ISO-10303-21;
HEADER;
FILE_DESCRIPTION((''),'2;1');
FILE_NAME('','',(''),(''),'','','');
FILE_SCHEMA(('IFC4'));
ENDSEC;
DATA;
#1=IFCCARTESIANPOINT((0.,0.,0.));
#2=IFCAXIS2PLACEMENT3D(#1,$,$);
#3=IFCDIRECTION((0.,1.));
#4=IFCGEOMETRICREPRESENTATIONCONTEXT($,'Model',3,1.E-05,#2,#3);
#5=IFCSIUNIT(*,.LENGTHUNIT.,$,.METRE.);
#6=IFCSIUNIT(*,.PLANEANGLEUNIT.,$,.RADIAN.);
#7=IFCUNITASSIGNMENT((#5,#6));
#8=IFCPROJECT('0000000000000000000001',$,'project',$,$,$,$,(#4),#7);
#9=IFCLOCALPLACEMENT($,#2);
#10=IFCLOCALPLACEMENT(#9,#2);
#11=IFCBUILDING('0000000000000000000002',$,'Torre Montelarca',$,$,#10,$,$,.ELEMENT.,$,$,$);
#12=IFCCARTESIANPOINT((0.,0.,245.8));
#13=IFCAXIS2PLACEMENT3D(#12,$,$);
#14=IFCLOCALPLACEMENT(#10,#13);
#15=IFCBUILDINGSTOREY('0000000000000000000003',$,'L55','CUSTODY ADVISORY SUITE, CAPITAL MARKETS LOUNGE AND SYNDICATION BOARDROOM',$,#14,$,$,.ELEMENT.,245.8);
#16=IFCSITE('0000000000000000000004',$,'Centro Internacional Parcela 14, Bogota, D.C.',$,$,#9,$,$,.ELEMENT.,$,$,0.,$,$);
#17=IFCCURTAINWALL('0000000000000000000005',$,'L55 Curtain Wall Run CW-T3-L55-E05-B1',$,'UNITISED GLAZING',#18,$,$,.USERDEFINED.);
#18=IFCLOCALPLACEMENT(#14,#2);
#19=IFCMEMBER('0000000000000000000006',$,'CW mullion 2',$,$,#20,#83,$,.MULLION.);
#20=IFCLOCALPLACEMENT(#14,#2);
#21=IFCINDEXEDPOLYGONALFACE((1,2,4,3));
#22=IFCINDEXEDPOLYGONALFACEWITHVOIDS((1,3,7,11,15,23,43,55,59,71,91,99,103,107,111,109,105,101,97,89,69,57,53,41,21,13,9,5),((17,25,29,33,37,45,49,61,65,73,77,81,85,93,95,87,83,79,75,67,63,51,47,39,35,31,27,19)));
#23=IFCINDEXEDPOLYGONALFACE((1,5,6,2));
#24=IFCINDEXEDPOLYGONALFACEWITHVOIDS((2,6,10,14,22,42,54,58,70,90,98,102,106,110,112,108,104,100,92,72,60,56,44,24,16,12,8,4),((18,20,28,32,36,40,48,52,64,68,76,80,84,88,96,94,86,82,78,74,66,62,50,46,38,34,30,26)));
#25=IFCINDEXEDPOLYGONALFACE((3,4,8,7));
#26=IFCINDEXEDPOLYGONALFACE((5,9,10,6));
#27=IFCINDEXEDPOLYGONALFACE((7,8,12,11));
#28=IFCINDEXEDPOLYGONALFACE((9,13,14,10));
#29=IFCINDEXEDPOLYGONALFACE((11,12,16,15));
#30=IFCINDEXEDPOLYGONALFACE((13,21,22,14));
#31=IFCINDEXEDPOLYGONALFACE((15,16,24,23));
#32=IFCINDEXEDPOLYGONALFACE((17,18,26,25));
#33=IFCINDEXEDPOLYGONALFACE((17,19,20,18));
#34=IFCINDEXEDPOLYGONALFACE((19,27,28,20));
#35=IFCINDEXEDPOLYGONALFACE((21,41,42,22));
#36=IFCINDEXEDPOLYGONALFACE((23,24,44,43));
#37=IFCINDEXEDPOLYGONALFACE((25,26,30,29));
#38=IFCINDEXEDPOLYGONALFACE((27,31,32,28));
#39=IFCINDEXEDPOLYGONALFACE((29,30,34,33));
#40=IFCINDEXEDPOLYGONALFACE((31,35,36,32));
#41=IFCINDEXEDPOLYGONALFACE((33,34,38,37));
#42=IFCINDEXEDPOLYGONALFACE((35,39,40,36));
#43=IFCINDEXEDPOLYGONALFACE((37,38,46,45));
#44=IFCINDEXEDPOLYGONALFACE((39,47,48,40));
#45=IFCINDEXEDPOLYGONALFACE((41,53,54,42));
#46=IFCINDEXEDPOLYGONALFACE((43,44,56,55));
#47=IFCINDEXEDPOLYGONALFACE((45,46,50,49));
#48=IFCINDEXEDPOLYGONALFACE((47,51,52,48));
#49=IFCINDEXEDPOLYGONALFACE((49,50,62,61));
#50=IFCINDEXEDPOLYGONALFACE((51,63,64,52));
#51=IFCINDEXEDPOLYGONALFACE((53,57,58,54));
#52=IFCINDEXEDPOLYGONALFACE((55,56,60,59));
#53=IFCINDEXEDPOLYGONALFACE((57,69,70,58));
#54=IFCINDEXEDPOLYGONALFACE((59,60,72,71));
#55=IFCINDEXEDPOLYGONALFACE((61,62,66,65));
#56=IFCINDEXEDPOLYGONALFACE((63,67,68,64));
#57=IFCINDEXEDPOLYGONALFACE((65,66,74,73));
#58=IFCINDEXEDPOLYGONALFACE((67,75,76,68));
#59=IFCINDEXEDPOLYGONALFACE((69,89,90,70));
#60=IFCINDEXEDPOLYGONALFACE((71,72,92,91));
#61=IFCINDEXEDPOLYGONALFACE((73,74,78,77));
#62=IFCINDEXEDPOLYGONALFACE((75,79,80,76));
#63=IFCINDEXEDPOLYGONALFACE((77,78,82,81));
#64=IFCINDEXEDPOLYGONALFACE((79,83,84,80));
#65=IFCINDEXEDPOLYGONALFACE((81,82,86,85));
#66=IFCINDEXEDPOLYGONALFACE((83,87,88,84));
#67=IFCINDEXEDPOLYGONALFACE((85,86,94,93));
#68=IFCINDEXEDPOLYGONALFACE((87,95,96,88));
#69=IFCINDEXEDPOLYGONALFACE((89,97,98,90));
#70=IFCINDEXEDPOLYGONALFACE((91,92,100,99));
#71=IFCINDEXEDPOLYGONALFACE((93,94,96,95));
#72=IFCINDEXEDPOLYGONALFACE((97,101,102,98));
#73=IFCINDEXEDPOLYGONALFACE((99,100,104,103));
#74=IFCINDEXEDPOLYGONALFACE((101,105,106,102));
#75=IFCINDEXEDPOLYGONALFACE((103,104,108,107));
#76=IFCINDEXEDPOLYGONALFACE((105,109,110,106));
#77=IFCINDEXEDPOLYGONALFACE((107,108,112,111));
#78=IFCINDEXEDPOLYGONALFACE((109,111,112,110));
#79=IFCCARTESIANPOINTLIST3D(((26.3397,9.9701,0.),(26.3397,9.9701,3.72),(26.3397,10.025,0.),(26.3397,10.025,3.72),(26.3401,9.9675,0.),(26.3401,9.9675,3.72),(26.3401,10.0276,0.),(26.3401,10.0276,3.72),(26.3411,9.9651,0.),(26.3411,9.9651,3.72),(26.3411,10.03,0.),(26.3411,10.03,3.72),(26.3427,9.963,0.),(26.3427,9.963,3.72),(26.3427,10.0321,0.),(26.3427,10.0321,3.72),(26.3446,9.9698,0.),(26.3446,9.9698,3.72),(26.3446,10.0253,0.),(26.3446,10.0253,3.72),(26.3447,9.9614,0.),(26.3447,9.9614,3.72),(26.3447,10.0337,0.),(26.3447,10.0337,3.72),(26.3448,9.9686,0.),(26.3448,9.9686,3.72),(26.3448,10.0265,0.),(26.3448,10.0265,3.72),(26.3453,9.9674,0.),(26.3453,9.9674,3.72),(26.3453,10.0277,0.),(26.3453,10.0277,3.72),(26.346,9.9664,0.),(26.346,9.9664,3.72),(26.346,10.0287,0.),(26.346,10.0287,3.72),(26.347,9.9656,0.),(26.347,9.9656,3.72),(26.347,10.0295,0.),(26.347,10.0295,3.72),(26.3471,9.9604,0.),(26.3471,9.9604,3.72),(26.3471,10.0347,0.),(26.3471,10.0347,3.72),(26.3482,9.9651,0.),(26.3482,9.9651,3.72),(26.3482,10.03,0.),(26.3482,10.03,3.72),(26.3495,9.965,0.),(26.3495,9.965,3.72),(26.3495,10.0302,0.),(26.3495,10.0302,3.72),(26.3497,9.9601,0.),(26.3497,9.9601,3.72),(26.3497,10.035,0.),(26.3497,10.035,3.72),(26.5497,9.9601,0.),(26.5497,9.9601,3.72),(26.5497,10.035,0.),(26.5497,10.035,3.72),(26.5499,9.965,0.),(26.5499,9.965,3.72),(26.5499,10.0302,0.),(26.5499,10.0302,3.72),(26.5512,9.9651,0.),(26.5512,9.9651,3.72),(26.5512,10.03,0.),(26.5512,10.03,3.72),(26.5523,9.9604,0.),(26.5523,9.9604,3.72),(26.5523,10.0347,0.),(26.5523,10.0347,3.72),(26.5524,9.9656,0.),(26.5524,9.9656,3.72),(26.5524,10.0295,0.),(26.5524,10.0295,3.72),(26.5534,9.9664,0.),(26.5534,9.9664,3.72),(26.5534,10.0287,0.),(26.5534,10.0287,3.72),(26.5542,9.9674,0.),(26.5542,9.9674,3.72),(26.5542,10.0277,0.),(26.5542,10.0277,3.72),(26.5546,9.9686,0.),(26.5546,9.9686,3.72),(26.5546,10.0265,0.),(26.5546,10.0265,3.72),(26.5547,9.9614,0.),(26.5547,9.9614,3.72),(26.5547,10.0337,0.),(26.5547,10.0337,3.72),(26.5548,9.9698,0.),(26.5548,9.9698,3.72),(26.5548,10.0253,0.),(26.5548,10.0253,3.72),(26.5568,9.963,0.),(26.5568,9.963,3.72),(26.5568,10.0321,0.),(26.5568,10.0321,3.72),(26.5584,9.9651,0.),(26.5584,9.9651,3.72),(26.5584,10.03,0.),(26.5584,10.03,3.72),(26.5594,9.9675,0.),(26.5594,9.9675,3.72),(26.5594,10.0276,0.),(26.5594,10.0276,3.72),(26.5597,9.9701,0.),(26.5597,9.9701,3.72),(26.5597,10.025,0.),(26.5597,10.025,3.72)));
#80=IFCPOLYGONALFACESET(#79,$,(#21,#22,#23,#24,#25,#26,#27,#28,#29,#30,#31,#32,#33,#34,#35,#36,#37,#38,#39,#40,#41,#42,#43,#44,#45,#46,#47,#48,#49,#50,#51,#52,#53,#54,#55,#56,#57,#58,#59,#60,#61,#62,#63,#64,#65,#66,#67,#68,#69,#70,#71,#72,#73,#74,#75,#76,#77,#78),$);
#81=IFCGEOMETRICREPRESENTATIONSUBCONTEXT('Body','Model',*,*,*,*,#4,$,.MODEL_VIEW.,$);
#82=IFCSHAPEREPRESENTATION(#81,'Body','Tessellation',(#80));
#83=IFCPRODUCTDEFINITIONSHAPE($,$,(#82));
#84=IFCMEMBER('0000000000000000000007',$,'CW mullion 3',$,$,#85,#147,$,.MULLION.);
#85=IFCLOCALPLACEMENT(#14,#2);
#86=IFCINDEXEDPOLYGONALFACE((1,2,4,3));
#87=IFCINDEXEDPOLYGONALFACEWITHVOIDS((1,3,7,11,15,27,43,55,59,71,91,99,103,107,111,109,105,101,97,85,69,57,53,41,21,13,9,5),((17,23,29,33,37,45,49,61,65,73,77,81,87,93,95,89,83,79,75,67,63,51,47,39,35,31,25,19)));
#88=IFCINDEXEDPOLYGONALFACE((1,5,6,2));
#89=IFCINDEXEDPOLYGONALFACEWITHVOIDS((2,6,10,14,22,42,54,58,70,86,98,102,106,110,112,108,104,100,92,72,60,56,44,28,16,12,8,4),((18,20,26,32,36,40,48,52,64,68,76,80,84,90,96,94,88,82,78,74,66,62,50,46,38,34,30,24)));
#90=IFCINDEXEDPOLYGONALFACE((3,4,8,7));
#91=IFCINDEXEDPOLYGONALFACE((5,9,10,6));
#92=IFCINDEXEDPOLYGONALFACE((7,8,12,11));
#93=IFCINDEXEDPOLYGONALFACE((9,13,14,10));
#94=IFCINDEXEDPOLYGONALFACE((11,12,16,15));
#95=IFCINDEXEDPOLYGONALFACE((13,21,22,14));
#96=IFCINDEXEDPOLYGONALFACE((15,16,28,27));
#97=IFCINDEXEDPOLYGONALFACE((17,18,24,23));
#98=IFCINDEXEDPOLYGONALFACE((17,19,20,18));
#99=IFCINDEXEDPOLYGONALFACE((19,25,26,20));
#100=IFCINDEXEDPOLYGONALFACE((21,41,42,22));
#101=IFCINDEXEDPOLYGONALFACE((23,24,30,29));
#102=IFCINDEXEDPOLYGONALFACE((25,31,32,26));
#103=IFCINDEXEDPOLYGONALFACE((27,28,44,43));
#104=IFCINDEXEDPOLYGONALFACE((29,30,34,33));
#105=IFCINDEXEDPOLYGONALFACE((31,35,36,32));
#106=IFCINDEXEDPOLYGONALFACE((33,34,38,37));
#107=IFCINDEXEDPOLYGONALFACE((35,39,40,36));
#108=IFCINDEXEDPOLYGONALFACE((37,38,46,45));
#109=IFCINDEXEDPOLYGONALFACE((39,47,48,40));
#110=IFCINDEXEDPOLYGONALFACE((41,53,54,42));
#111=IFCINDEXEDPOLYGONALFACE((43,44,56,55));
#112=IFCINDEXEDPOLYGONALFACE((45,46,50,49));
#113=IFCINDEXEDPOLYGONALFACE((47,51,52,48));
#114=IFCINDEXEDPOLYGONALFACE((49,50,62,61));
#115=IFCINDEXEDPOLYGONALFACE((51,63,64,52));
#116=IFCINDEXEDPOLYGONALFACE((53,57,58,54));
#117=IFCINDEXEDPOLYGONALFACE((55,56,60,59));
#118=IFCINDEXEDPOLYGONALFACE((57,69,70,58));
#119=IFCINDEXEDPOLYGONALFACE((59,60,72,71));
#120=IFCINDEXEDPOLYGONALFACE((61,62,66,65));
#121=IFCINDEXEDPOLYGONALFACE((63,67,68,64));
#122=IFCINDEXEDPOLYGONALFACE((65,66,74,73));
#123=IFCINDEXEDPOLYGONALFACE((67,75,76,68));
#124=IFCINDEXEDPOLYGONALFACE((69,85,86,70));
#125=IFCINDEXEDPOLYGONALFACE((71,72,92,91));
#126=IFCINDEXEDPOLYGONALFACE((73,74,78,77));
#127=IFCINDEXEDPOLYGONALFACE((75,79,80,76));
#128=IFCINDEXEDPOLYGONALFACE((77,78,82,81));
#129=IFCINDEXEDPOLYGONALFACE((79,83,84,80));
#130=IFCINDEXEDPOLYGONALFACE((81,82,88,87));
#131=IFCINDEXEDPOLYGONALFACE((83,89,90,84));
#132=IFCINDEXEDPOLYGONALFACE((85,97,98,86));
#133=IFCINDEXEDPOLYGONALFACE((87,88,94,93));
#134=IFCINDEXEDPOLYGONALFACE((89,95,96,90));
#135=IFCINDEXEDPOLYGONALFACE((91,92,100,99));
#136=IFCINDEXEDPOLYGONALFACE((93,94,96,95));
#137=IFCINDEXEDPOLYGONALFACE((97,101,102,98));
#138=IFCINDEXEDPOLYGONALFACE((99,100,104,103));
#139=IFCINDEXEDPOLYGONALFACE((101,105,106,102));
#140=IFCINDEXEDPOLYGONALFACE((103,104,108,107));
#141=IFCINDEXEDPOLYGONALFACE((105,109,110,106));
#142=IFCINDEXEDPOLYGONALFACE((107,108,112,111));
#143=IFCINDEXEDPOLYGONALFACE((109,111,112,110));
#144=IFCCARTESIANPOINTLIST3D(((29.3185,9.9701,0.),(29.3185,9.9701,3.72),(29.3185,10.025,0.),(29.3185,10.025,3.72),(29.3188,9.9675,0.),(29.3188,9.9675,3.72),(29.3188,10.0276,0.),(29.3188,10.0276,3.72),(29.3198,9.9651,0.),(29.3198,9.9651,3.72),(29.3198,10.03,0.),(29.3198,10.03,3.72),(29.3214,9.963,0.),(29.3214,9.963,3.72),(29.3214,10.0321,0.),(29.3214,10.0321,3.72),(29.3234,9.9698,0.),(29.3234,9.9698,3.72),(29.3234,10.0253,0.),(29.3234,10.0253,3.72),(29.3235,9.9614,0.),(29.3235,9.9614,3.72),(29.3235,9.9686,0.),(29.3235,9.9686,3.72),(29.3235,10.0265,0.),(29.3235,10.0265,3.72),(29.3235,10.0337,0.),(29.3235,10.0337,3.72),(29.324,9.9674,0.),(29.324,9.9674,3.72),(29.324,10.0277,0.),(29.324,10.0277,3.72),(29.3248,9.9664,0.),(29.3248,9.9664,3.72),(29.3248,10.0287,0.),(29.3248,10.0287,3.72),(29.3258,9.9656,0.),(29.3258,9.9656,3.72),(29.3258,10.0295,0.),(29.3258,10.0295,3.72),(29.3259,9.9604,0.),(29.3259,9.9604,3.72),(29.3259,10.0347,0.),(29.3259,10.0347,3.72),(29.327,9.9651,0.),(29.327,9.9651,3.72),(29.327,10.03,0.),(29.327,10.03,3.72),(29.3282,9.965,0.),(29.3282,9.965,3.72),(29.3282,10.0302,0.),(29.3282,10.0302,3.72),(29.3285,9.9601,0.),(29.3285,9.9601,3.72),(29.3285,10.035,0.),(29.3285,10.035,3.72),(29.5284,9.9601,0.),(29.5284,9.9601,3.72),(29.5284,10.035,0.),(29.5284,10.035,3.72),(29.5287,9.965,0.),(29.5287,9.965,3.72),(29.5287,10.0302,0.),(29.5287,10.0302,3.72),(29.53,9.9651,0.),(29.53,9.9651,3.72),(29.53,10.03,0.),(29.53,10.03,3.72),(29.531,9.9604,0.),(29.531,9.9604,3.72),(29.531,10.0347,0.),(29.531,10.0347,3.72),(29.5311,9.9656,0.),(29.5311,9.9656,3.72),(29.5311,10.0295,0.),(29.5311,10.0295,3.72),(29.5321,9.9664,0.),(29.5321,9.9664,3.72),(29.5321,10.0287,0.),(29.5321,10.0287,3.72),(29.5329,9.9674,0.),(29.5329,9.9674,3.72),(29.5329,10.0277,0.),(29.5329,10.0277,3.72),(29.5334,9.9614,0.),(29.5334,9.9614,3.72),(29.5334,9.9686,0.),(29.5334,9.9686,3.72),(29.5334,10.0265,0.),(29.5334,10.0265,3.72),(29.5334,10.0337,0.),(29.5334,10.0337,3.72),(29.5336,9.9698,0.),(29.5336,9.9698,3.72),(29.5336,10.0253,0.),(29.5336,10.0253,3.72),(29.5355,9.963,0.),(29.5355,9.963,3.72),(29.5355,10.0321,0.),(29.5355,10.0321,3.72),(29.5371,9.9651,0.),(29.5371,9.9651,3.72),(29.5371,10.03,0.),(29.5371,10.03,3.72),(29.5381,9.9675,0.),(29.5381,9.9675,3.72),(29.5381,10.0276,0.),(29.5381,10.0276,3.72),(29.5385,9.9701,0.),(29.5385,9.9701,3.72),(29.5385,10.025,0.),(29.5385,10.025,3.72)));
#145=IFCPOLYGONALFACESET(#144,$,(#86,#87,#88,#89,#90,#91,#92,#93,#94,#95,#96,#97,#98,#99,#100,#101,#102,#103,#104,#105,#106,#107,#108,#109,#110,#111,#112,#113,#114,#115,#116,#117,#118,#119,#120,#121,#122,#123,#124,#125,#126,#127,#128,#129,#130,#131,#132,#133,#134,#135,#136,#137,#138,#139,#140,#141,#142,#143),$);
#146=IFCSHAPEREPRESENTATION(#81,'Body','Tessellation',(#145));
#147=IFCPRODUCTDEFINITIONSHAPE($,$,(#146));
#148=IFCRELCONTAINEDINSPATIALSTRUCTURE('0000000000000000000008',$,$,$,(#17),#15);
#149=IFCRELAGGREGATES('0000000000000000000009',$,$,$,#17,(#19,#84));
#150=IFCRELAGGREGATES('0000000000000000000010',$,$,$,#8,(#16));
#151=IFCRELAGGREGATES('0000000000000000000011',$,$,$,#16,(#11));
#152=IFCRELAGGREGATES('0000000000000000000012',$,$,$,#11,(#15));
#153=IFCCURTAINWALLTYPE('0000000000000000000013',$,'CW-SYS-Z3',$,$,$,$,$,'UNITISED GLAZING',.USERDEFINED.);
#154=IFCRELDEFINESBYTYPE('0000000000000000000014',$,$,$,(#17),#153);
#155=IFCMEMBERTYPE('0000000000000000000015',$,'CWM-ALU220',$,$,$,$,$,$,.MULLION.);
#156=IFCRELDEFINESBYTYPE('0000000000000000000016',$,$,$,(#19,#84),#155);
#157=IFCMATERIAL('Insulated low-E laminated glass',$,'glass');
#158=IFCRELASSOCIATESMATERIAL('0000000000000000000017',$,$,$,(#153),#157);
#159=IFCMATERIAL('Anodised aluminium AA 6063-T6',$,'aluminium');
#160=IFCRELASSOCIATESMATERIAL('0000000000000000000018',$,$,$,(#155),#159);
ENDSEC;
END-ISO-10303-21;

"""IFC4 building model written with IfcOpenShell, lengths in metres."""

from ifc_helpers import new_model, si_unit, direction, frame, origin, origin_2d, place, context, subcontext, project, spatial, hollow_rectangle, extrude, source, transform, mapped, material, material_profile, profile_set, type_object, element, aggregate, save


model = new_model("IFC4")

# Units and contexts
model_context = context("Model", 3, precision=1e-05, world=origin(), true_north=direction((0.0, 1.0)))
body_context = subcontext(model_context, "Body", "Model", "MODEL_VIEW")
ifc_project = project(units=[si_unit("LENGTHUNIT", "METRE"), si_unit("PLANEANGLEUNIT", "RADIAN")], contexts=[model_context])

# Site, building, storey
site_placement = place(None, origin())
site = spatial("IfcSite", under=ifc_project, at=site_placement, Name="Centro Internacional Parcela 14, Bogota, D.C.", CompositionType="ELEMENT", RefElevation=0.0)
building_placement = place(site_placement, origin())
building = spatial("IfcBuilding", under=site, at=building_placement, Name="Torre Montelarca", CompositionType="ELEMENT")
storey_placement = place(building_placement, frame((0.0, 0.0, 245.8)))
storey = spatial("IfcBuildingStorey", under=building, at=storey_placement, Name="L55", Description="CUSTODY ADVISORY SUITE, CAPITAL MARKETS LOUNGE AND SYNDICATION BOARDROOM", CompositionType="ELEMENT", Elevation=245.8)

# Curtain wall
ifc_material_1 = material(Name="Insulated low-E laminated glass", Category="glass")
curtain_wall_type = type_object("IfcCurtainWallType", Name="CW-SYS-Z3", ElementType="UNITISED GLAZING", PredefinedType="USERDEFINED", material=ifc_material_1)
curtain_wall_1_placement = place(storey_placement, origin())
curtain_wall_1 = element("IfcCurtainWall", 1, at=curtain_wall_1_placement, inside=storey, type_object=curtain_wall_type, Name="L55 Curtain Wall Run CW-T3-L55-E05-B1", ObjectType="UNITISED GLAZING", PredefinedType="USERDEFINED")
ifc_material_2 = material(Name="Anodised aluminium AA 6063-T6", Category="aluminium")

# Shared definitions
ifc_material_profile_1 = material_profile(ifc_material_2, hollow_rectangle(XDim=0.075, YDim=0.22, WallThickness=0.0049, InnerFilletRadius=0.0049, OuterFilletRadius=0.01, at=origin_2d()), Name="ALU75X220X5", Category="aluminium")
ifc_profile_set_1 = profile_set([ifc_material_profile_1], Name="Anodised aluminium AA 6063-T6")
member_type_1 = type_object("IfcMemberType", Name="CWM-ALU220", PredefinedType="MULLION", material=ifc_profile_set_1)
shared_shape_1 = source(origin(), body_context, "Body", "SweptSolid", [
    extrude(hollow_rectangle(XDim=0.075, YDim=0.22, WallThickness=0.0049, InnerFilletRadius=0.0049, OuterFilletRadius=0.01, at=origin_2d()), origin(), (0.0, 0.0, 1.0), 3.72),
])

# Members
member_1_placement = place(storey_placement, frame((26.4497, 9.9976, 0.0), z_axis=(0.0, 0.0, 1.0), x_axis=(0.0, 1.0, 0.0)))
member_1 = element("IfcMember", 2, at=member_1_placement, type_object=member_type_1, Name="CW mullion 2", PredefinedType="MULLION", context=body_context, shape_type="MappedRepresentation", body=[
    mapped(shared_shape_1, transform((0.0, 0.0, 0.0), scale=1.0)),
])
member_2_placement = place(storey_placement, frame((29.4285, 9.9976, 0.0), z_axis=(0.0, 0.0, 1.0), x_axis=(0.0, 1.0, 0.0)))
member_2 = element("IfcMember", 3, at=member_2_placement, type_object=member_type_1, Name="CW mullion 3", PredefinedType="MULLION", context=body_context, shape_type="MappedRepresentation", body=[
    mapped(shared_shape_1, transform((0.0, 0.0, 0.0), scale=1.0)),
])

aggregate(curtain_wall_1, [member_1, member_2])

save(model, "model.ifc")
